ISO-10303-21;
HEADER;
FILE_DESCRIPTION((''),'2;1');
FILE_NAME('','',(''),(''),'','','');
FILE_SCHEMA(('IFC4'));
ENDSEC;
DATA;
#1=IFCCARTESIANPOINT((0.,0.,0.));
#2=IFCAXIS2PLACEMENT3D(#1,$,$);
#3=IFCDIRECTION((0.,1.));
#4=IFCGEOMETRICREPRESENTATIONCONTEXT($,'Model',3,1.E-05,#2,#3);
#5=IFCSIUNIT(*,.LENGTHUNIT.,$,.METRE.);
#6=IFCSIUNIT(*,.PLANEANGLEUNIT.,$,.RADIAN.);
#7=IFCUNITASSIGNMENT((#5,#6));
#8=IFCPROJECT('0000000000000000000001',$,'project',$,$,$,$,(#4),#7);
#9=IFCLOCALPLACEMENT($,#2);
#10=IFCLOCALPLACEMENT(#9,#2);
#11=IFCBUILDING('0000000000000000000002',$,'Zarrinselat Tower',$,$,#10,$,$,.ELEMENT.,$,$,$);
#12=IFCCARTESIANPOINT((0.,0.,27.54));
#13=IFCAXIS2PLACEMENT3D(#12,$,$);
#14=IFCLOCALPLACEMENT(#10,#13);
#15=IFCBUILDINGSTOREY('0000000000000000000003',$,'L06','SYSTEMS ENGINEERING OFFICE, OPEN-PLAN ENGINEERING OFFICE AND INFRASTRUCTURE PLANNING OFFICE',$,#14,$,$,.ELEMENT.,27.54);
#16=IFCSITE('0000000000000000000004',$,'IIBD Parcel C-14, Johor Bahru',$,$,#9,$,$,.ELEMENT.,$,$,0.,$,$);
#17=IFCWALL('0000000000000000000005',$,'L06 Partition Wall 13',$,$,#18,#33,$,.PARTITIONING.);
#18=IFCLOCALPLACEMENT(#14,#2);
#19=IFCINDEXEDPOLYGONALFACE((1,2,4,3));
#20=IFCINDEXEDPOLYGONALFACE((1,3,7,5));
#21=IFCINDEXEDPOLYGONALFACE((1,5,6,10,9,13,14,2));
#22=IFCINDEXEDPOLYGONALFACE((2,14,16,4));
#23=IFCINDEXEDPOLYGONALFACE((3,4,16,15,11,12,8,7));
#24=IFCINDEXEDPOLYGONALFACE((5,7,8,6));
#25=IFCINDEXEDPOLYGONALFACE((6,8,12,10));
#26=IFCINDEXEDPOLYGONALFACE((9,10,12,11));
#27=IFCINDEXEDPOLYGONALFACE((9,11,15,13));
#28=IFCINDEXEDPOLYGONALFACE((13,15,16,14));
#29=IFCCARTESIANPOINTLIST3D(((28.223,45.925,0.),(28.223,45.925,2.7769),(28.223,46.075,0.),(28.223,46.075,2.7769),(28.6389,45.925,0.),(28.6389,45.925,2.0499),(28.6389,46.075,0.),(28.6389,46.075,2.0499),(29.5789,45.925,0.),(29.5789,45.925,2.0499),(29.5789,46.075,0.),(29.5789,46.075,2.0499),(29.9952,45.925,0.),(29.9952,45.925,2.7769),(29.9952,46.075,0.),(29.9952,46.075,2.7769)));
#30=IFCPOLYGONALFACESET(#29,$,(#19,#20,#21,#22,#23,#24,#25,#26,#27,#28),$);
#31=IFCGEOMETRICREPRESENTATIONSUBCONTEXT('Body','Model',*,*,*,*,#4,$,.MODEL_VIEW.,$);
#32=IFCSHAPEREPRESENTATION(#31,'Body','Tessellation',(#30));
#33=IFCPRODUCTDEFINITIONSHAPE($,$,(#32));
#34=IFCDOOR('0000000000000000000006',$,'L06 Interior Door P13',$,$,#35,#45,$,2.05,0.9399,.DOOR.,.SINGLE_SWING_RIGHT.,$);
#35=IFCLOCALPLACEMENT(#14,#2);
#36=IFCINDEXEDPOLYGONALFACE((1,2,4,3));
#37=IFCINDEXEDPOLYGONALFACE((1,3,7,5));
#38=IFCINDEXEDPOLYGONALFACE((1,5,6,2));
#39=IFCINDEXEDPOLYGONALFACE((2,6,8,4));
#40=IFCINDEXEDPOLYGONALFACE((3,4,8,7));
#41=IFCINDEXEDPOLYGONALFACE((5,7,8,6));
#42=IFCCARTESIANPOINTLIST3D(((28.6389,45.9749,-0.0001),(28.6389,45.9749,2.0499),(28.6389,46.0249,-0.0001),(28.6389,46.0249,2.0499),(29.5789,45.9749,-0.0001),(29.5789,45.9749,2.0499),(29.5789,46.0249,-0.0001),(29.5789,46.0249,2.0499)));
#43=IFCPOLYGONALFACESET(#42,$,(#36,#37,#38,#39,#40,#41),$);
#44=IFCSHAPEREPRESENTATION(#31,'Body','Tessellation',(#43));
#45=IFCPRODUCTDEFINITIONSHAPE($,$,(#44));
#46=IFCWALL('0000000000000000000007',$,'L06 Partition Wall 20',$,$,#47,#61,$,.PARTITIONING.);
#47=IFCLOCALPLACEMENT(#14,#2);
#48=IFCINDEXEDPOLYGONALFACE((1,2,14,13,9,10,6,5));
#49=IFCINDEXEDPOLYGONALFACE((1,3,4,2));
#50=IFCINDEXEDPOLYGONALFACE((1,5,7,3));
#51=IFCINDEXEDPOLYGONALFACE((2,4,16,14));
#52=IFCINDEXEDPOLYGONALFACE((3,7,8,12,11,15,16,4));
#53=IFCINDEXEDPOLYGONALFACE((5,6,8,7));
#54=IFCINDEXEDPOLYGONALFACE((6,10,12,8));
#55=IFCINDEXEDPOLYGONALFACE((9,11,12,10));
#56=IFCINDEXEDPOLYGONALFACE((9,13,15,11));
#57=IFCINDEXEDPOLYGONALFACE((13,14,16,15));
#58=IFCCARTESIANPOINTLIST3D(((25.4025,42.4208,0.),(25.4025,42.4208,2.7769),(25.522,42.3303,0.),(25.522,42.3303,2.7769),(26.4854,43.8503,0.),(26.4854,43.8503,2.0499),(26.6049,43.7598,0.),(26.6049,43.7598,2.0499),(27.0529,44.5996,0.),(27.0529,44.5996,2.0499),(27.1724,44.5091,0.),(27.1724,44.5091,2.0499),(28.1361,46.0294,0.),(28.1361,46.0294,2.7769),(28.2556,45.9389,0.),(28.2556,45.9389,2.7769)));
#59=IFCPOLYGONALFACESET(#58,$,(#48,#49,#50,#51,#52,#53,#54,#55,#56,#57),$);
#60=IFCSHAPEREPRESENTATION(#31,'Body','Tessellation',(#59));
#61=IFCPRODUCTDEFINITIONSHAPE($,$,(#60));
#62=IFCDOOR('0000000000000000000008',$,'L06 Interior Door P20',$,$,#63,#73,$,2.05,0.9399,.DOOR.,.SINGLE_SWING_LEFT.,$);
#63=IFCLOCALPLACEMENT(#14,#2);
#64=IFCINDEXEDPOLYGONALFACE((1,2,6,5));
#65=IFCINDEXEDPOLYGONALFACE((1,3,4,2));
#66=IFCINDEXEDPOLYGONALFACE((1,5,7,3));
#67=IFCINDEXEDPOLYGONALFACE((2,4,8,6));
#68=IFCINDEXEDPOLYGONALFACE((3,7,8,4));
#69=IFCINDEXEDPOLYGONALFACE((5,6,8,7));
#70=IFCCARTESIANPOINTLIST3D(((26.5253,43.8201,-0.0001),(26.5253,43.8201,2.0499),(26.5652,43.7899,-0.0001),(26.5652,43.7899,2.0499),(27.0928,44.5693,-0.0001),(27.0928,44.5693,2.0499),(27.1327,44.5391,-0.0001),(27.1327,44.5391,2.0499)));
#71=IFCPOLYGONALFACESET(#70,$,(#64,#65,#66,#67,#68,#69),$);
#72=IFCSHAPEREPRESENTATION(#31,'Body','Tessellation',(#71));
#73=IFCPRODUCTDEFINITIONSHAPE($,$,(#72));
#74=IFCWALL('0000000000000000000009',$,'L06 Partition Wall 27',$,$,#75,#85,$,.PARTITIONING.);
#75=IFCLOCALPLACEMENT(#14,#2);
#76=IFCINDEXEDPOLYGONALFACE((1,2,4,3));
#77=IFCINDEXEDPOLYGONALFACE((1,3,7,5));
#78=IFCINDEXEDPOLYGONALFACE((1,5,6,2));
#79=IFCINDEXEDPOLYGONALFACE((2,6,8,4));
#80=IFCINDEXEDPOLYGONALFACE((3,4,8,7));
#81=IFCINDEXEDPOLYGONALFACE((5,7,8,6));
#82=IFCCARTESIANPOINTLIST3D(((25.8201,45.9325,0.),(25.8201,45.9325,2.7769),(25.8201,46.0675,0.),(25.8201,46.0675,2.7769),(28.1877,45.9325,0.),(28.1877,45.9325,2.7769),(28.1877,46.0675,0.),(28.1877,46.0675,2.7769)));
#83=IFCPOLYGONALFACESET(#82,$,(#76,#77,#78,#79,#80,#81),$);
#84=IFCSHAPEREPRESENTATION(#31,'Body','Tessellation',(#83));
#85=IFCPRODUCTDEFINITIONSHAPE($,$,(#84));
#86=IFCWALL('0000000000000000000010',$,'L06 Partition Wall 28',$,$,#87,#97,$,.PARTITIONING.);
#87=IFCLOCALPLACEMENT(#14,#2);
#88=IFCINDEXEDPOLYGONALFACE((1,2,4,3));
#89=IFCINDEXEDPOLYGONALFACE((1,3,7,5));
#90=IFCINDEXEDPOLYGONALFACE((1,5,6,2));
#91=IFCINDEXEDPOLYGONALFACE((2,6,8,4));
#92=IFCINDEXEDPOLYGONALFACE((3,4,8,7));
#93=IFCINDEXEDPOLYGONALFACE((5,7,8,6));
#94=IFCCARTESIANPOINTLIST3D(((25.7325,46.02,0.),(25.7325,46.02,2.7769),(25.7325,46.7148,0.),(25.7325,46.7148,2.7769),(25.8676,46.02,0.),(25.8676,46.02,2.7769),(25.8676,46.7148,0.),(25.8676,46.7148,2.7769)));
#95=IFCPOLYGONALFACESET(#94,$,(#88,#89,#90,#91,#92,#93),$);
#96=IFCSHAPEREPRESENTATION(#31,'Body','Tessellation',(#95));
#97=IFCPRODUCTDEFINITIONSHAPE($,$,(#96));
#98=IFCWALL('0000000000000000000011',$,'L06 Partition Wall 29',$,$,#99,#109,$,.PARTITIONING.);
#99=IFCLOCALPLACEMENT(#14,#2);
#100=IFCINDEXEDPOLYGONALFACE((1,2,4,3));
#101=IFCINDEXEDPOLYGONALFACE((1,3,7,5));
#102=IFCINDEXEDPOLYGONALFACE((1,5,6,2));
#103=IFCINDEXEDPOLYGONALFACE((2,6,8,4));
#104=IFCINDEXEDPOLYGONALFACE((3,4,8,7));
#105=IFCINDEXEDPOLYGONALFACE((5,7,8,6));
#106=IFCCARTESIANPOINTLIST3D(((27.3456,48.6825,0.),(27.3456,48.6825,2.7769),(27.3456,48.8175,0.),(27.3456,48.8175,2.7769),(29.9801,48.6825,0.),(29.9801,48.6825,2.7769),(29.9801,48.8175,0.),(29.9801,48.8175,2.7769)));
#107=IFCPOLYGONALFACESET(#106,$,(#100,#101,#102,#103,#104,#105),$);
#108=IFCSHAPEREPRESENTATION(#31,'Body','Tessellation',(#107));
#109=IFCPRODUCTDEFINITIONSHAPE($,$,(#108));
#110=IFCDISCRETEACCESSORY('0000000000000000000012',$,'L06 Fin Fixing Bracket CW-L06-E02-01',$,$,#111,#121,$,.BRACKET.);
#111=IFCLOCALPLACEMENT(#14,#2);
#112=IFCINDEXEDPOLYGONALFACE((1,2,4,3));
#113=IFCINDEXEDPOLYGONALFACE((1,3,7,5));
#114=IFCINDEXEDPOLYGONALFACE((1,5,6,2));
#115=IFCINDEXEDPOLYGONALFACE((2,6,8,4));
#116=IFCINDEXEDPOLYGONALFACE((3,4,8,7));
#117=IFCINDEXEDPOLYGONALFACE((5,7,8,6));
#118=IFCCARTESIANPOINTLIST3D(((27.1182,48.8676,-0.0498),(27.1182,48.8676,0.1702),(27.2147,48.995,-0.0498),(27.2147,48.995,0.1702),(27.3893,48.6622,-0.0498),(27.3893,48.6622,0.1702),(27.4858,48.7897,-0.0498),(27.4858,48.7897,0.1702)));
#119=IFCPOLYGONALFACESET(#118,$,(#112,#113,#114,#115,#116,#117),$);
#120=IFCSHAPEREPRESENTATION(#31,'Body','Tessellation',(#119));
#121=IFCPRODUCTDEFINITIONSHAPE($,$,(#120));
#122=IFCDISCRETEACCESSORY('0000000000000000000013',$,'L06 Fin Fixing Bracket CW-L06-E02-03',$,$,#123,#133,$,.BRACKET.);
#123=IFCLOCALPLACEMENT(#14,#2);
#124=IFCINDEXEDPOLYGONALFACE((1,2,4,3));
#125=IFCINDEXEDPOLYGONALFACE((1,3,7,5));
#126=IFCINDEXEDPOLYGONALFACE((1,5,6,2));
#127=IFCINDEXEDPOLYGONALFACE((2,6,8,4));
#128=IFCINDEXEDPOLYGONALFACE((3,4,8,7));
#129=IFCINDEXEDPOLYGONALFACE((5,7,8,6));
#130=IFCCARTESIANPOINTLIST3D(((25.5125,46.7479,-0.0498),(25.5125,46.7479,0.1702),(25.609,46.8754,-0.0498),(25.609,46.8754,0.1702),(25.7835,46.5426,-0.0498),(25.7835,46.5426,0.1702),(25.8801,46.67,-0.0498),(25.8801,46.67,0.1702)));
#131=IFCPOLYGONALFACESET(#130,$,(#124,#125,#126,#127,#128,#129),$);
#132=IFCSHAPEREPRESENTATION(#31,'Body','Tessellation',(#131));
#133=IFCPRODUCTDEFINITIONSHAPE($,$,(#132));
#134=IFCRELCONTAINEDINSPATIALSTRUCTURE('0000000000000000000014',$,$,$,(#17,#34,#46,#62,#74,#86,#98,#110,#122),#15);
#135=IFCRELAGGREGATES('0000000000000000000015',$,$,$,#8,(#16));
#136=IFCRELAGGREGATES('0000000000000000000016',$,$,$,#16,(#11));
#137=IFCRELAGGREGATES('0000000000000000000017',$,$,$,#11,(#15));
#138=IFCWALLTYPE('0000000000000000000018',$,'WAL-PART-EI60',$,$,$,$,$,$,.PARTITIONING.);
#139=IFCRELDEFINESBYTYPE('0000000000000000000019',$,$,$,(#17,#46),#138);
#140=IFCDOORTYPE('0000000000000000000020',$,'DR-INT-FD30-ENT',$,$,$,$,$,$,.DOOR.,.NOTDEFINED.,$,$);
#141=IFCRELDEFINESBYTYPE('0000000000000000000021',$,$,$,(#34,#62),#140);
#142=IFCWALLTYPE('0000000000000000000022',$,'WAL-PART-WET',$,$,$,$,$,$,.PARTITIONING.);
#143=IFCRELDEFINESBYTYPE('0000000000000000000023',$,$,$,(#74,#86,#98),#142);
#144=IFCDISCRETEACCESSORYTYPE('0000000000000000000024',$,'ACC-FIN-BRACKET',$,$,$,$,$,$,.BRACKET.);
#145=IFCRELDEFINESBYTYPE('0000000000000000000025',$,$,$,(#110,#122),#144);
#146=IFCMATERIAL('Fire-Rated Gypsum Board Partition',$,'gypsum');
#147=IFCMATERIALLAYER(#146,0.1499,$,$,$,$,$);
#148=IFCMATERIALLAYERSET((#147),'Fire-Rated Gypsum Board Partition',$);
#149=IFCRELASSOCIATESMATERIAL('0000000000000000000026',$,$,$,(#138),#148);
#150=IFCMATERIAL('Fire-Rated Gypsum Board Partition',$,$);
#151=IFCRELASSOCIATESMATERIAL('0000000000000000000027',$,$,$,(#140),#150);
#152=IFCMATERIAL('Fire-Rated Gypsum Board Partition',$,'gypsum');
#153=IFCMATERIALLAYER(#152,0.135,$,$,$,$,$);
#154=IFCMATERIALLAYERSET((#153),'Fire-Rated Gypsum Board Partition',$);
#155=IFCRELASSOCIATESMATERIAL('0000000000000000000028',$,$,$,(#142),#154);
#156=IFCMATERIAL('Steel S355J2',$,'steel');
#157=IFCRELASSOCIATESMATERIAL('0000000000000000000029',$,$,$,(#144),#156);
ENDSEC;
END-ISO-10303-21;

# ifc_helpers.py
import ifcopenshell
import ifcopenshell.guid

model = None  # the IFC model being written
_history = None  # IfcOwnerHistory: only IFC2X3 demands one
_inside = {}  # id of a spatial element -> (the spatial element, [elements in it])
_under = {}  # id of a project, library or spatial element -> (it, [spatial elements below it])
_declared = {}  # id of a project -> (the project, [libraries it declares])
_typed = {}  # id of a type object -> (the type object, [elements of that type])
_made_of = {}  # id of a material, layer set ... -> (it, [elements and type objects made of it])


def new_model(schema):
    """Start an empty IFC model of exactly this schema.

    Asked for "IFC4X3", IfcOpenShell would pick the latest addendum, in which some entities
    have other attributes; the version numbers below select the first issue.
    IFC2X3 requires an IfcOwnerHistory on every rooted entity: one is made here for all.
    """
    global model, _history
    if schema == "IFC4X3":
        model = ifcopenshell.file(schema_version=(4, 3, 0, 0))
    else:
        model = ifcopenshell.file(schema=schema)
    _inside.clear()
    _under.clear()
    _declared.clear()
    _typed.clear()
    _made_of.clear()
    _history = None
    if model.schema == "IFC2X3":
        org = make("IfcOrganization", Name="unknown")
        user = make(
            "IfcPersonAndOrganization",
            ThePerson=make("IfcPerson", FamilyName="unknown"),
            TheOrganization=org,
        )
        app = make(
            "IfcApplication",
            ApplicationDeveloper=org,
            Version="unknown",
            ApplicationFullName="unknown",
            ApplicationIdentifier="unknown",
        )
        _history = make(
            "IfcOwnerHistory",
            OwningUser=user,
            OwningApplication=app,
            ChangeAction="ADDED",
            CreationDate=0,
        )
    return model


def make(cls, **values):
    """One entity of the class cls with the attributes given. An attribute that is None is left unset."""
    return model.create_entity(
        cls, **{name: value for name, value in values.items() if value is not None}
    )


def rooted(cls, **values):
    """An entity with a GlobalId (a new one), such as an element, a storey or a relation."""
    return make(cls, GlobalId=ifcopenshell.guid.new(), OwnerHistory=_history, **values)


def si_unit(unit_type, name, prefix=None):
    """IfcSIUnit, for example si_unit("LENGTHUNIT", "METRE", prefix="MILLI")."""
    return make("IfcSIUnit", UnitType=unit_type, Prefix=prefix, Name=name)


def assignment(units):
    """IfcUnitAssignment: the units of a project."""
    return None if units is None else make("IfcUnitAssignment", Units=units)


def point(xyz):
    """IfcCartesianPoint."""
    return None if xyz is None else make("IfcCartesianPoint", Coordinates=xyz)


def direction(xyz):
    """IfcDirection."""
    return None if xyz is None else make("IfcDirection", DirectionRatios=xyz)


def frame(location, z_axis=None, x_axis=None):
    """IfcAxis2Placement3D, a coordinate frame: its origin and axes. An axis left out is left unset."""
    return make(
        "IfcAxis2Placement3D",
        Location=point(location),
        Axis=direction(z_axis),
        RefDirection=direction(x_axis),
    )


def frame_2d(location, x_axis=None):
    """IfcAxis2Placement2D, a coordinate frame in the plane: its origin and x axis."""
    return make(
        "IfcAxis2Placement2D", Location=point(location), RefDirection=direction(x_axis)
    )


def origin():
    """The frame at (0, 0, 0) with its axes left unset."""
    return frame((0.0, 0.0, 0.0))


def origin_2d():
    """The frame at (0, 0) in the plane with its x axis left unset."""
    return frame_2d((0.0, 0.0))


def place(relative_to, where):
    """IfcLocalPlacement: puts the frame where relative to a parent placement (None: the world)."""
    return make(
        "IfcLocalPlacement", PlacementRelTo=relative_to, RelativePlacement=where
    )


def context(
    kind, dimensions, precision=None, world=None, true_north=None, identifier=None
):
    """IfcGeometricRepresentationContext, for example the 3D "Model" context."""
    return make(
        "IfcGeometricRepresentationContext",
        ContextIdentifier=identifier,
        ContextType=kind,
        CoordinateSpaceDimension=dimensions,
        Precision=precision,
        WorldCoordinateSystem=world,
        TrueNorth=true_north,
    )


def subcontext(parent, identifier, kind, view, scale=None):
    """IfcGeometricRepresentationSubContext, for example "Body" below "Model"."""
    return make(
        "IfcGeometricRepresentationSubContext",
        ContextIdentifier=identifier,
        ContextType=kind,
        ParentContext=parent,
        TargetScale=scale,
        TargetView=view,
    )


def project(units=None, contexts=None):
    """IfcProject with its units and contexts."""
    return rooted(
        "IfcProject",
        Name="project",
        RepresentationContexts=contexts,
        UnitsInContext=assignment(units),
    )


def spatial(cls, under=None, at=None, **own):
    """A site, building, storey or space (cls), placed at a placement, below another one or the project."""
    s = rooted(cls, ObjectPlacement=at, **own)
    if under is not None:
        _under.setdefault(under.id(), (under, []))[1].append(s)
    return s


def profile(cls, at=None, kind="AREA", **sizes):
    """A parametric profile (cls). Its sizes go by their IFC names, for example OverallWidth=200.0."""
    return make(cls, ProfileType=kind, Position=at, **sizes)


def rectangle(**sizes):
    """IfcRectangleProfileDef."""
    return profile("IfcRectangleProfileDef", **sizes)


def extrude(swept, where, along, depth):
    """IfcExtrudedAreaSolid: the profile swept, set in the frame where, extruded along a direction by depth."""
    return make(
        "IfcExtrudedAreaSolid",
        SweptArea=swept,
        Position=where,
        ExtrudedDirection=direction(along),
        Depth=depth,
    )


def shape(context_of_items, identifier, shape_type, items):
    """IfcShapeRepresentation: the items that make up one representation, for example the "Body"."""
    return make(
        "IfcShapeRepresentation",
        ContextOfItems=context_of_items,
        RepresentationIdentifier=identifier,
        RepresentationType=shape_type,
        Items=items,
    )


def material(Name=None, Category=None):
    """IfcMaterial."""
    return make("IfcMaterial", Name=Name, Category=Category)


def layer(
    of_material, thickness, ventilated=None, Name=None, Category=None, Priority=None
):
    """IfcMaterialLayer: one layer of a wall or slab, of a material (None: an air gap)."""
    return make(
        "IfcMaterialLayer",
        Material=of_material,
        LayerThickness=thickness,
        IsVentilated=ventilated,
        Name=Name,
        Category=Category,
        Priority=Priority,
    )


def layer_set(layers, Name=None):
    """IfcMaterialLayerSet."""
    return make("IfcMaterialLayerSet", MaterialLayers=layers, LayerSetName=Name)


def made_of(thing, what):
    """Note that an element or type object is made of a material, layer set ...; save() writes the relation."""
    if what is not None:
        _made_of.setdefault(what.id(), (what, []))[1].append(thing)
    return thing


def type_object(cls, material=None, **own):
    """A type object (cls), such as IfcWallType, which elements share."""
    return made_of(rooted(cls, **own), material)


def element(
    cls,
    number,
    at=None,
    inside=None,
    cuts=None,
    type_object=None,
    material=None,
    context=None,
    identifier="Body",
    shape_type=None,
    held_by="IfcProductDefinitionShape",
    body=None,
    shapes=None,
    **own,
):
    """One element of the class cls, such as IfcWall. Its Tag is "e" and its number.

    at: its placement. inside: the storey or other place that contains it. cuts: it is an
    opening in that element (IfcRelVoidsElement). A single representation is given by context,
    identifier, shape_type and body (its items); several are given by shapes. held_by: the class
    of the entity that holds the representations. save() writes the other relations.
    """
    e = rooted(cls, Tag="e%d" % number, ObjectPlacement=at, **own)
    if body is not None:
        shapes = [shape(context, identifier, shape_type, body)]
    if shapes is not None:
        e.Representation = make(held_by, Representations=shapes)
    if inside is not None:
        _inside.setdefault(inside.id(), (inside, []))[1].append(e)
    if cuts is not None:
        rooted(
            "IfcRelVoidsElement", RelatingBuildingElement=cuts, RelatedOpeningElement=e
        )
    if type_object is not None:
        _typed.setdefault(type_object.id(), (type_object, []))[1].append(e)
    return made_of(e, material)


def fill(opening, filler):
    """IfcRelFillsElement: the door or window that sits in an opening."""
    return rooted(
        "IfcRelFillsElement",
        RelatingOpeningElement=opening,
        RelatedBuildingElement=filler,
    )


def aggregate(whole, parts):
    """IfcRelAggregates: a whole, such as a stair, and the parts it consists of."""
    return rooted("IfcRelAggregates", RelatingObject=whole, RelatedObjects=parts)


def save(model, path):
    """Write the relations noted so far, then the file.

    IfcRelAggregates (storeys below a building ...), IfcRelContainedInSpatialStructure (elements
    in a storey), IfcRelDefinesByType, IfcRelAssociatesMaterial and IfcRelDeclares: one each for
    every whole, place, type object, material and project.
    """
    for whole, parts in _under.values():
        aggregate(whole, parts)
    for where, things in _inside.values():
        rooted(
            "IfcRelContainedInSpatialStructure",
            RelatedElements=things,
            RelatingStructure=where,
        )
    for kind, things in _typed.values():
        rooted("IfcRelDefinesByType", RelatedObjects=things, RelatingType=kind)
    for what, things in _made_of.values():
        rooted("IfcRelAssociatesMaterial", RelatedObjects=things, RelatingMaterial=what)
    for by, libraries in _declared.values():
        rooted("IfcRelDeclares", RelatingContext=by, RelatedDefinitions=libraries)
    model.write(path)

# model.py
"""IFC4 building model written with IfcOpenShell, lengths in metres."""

from ifc_helpers import new_model, si_unit, direction, frame, frame_2d, origin, origin_2d, place, context, subcontext, project, spatial, rectangle, extrude, material, layer, layer_set, type_object, element, fill, save


model = new_model("IFC4")

# Units and contexts
model_context = context("Model", 3, precision=1e-05, world=origin(), true_north=direction((0.0, 1.0)))
body_context = subcontext(model_context, "Body", "Model", "MODEL_VIEW")
ifc_project = project(units=[si_unit("LENGTHUNIT", "METRE"), si_unit("PLANEANGLEUNIT", "RADIAN")], contexts=[model_context])

# Site, building, storey
site_placement = place(None, origin())
site = spatial("IfcSite", under=ifc_project, at=site_placement, Name="IIBD Parcel C-14, Johor Bahru", CompositionType="ELEMENT", RefElevation=0.0)
building_placement = place(site_placement, origin())
building = spatial("IfcBuilding", under=site, at=building_placement, Name="Zarrinselat Tower", CompositionType="ELEMENT")
storey_placement = place(building_placement, frame((0.0, 0.0, 27.54)))
storey = spatial("IfcBuildingStorey", under=building, at=storey_placement, Name="L06", Description="SYSTEMS ENGINEERING OFFICE, OPEN-PLAN ENGINEERING OFFICE AND INFRASTRUCTURE PLANNING OFFICE", CompositionType="ELEMENT", Elevation=27.54)

# Walls, openings, doors
ifc_material_1 = material(Name="Fire-Rated Gypsum Board Partition", Category="gypsum")
ifc_layer_1 = layer(ifc_material_1, 0.1499)
ifc_layer_set_1 = layer_set([ifc_layer_1], Name="Fire-Rated Gypsum Board Partition")
wall_type_1 = type_object("IfcWallType", Name="WAL-PART-EI60", PredefinedType="PARTITIONING", material=ifc_layer_set_1)
wall_1_placement = place(storey_placement, frame((28.2229, 46.0, 0.0), z_axis=(0.0, 0.0, 1.0), x_axis=(1.0, 0.0, 0.0)))
wall_1 = element("IfcWall", 1, at=wall_1_placement, inside=storey, type_object=wall_type_1, Name="L06 Partition Wall 13", PredefinedType="PARTITIONING", context=body_context, shape_type="SweptSolid", body=[
    extrude(rectangle(XDim=1.7722, YDim=0.1499, at=frame_2d((0.8862, 0.0))), origin(), (0.0, 0.0, 1.0), 2.7769),
])
opening_1_placement = place(wall_1_placement, frame((0.416, 0.0, 0.0)))
opening_1 = element("IfcOpeningElement", 2, at=opening_1_placement, cuts=wall_1, PredefinedType="OPENING", context=body_context, shape_type="SweptSolid", body=[
    extrude(rectangle(XDim=0.9399, YDim=2.05, at=frame_2d((0.47, 1.0249))), frame((0.0, 0.085, 0.0), z_axis=(0.0, -1.0, 0.0), x_axis=(1.0, 0.0, 0.0)), (0.0, 0.0, 1.0), 0.1699),
])
ifc_material_2 = material(Name="Fire-Rated Gypsum Board Partition")
door_type = type_object("IfcDoorType", Name="DR-INT-FD30-ENT", OperationType="NOTDEFINED", PredefinedType="DOOR", material=ifc_material_2)
door_1_placement = place(opening_1_placement, origin())
door_1 = element("IfcDoor", 3, at=door_1_placement, inside=storey, type_object=door_type, Name="L06 Interior Door P13", OperationType="SINGLE_SWING_RIGHT", OverallHeight=2.05, OverallWidth=0.9399, PredefinedType="DOOR", context=body_context, shape_type="SweptSolid", body=[
    extrude(rectangle(XDim=0.9399, YDim=2.05, at=frame_2d((0.47, 1.0249))), frame((0.0, 0.0249, 0.0), z_axis=(0.0, -1.0, 0.0), x_axis=(1.0, 0.0, 0.0)), (0.0, 0.0, 1.0), 0.05),
])
fill(opening_1, door_1)
wall_2_placement = place(storey_placement, frame((25.4622, 42.3755, 0.0), z_axis=(0.0, 0.0, 1.0), x_axis=(0.603833, 0.797111, 0.0)))
wall_2 = element("IfcWall", 4, at=wall_2_placement, inside=storey, type_object=wall_type_1, Name="L06 Partition Wall 20", PredefinedType="PARTITIONING", context=body_context, shape_type="SweptSolid", body=[
    extrude(rectangle(XDim=4.5271, YDim=0.1499, at=frame_2d((2.2637, 0.0))), origin(), (0.0, 0.0, 1.0), 2.7769),
])
opening_2_placement = place(wall_2_placement, frame((1.7935, 0.0, 0.0)))
opening_2 = element("IfcOpeningElement", 5, at=opening_2_placement, cuts=wall_2, PredefinedType="OPENING", context=body_context, shape_type="SweptSolid", body=[
    extrude(rectangle(XDim=0.9399, YDim=2.05, at=frame_2d((0.47, 1.0249))), frame((0.0, 0.085, 0.0), z_axis=(0.0, -1.0, 0.0), x_axis=(1.0, 0.0, 0.0)), (0.0, 0.0, 1.0), 0.1699),
])
door_2_placement = place(opening_2_placement, origin())
door_2 = element("IfcDoor", 6, at=door_2_placement, inside=storey, type_object=door_type, Name="L06 Interior Door P20", OperationType="SINGLE_SWING_LEFT", OverallHeight=2.05, OverallWidth=0.9399, PredefinedType="DOOR", context=body_context, shape_type="SweptSolid", body=[
    extrude(rectangle(XDim=0.9399, YDim=2.05, at=frame_2d((0.47, 1.0249))), frame((0.0, 0.0249, 0.0), z_axis=(0.0, -1.0, 0.0), x_axis=(1.0, 0.0, 0.0)), (0.0, 0.0, 1.0), 0.05),
])
fill(opening_2, door_2)

# Walls
ifc_material_3 = material(Name="Fire-Rated Gypsum Board Partition", Category="gypsum")
ifc_layer_2 = layer(ifc_material_3, 0.135)
ifc_layer_set_2 = layer_set([ifc_layer_2], Name="Fire-Rated Gypsum Board Partition")
wall_type_2 = type_object("IfcWallType", Name="WAL-PART-WET", PredefinedType="PARTITIONING", material=ifc_layer_set_2)
wall_3_placement = place(storey_placement, frame((25.8201, 46.0, 0.0), z_axis=(0.0, 0.0, 1.0), x_axis=(1.0, 0.0, 0.0)))
element("IfcWall", 7, at=wall_3_placement, inside=storey, type_object=wall_type_2, Name="L06 Partition Wall 27", PredefinedType="PARTITIONING", context=body_context, shape_type="SweptSolid", body=[
    extrude(rectangle(XDim=2.3677, YDim=0.135, at=frame_2d((1.1838, 0.0))), origin(), (0.0, 0.0, 1.0), 2.7769),
])
wall_4_placement = place(storey_placement, frame((25.8, 46.02, 0.0), z_axis=(0.0, 0.0, 1.0), x_axis=(0.0, 1.0, 0.0)))
element("IfcWall", 8, at=wall_4_placement, inside=storey, type_object=wall_type_2, Name="L06 Partition Wall 28", PredefinedType="PARTITIONING", context=body_context, shape_type="SweptSolid", body=[
    extrude(rectangle(XDim=0.6948, YDim=0.135, at=frame_2d((0.3474, 0.0))), origin(), (0.0, 0.0, 1.0), 2.7769),
])
wall_5_placement = place(storey_placement, frame((27.3455, 48.75, 0.0), z_axis=(0.0, 0.0, 1.0), x_axis=(1.0, 0.0, 0.0)))
element("IfcWall", 9, at=wall_5_placement, inside=storey, type_object=wall_type_2, Name="L06 Partition Wall 29", PredefinedType="PARTITIONING", context=body_context, shape_type="SweptSolid", body=[
    extrude(rectangle(XDim=2.6345, YDim=0.135, at=frame_2d((1.3174, 0.0))), origin(), (0.0, 0.0, 1.0), 2.7769),
])

# Discrete accessories
ifc_material_4 = material(Name="Steel S355J2", Category="steel")
discrete_accessory_type = type_object("IfcDiscreteAccessoryType", Name="ACC-FIN-BRACKET", PredefinedType="BRACKET", material=ifc_material_4)
for number, where, z_axis, x_axis, name in (
    (10, (27.302, 48.8286, -0.0498), (0.0, 0.0, 1.0), (-0.797091, 0.603859, 0.0), "L06 Fin Fixing Bracket CW-L06-E02-01"),
    (11, (25.6963, 46.709, -0.0498), (0.0, 0.0, 1.0), (-0.797091, 0.603859, 0.0), "L06 Fin Fixing Bracket CW-L06-E02-03"),
):
    element("IfcDiscreteAccessory", number, at=place(storey_placement, frame(where, z_axis=z_axis, x_axis=x_axis)), inside=storey, type_object=discrete_accessory_type, Name=name, PredefinedType="BRACKET", context=body_context, shape_type="SweptSolid", body=[
        extrude(rectangle(XDim=0.3401, YDim=0.1599, at=origin_2d()), origin(), (0.0, 0.0, 1.0), 0.22),
    ])

save(model, "model.ifc")
